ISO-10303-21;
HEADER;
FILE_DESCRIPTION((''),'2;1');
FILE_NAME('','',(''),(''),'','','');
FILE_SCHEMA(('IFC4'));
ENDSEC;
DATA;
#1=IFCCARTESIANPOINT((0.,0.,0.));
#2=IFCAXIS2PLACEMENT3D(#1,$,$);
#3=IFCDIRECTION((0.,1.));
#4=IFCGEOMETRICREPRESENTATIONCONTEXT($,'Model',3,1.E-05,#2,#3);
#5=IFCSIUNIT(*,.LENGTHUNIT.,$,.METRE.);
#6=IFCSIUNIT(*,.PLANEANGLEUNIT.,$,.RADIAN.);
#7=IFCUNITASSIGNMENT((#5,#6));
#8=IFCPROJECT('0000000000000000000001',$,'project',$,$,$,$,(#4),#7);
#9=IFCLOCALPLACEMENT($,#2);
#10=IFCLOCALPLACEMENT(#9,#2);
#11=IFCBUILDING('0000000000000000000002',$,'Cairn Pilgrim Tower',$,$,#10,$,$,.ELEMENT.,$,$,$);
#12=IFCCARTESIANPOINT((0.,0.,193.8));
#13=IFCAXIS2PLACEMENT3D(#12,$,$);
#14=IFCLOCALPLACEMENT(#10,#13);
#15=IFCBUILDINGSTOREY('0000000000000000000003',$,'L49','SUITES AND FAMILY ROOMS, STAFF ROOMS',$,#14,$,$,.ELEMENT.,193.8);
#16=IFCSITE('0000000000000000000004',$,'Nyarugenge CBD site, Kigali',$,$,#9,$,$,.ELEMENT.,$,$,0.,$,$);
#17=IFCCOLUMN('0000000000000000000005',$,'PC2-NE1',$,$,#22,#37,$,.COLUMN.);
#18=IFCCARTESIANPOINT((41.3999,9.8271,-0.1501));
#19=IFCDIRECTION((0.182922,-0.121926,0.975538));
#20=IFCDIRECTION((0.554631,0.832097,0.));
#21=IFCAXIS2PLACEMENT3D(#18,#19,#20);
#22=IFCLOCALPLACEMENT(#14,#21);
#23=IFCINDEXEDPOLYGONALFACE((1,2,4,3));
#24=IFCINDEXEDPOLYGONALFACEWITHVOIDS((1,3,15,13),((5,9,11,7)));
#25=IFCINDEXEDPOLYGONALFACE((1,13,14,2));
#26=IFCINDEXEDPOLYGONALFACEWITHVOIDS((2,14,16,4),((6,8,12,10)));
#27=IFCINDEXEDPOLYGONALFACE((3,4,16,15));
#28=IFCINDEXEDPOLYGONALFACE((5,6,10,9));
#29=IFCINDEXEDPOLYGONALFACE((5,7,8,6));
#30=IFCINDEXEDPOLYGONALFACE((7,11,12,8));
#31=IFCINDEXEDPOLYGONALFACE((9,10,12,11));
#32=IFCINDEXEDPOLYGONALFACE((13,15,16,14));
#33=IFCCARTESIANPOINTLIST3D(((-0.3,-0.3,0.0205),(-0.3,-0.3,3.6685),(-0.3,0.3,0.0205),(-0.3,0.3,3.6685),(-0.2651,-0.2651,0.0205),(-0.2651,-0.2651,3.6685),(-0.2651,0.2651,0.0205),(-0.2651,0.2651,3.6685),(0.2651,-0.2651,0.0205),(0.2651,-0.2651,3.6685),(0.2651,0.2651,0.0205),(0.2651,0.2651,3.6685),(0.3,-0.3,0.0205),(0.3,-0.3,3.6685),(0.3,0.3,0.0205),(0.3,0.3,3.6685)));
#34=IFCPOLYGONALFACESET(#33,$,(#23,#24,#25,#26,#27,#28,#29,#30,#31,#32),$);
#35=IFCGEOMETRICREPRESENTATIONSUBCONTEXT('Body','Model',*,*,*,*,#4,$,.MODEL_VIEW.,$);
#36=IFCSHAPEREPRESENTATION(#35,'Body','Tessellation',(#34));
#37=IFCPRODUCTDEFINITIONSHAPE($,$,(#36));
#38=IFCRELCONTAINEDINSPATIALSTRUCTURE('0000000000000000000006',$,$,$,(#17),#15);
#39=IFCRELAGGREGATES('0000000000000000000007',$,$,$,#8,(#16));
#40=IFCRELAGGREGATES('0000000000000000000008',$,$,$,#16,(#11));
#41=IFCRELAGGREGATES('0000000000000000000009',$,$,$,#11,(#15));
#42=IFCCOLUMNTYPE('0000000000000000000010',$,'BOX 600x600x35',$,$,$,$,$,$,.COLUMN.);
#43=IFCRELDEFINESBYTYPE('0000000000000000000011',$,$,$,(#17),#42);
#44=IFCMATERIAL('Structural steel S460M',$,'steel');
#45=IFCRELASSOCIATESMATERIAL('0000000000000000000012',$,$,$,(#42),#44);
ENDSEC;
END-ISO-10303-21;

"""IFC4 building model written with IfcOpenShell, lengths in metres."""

from ifc_helpers import new_model, si_unit, direction, frame, origin, origin_2d, place, context, subcontext, project, spatial, hollow_rectangle, extrude, clip, halfspace, material, material_profile, profile_set, type_object, element, save


model = new_model("IFC4")

# Units and contexts
model_context = context("Model", 3, precision=1e-05, world=origin(), true_north=direction((0.0, 1.0)))
body_context = subcontext(model_context, "Body", "Model", "MODEL_VIEW")
ifc_project = project(units=[si_unit("LENGTHUNIT", "METRE"), si_unit("PLANEANGLEUNIT", "RADIAN")], contexts=[model_context])

# Site, building, storey
site_placement = place(None, origin())
site = spatial("IfcSite", under=ifc_project, at=site_placement, Name="Nyarugenge CBD site, Kigali", CompositionType="ELEMENT", RefElevation=0.0)
building_placement = place(site_placement, origin())
building = spatial("IfcBuilding", under=site, at=building_placement, Name="Cairn Pilgrim Tower", CompositionType="ELEMENT")
storey_placement = place(building_placement, frame((0.0, 0.0, 193.8)))
storey = spatial("IfcBuildingStorey", under=building, at=storey_placement, Name="L49", Description="SUITES AND FAMILY ROOMS, STAFF ROOMS", CompositionType="ELEMENT", Elevation=193.8)

# Column
ifc_material_1 = material(Name="Structural steel S460M", Category="steel")
ifc_material_profile_1 = material_profile(ifc_material_1, hollow_rectangle(XDim=0.6001, YDim=0.6001, WallThickness=0.0349, at=origin_2d()), Name="BOX 600x600x35")
ifc_profile_set_1 = profile_set([ifc_material_profile_1], Name="Structural steel S460M")
column_type_1 = type_object("IfcColumnType", Name="BOX 600x600x35", PredefinedType="COLUMN", material=ifc_profile_set_1)
column_1_placement = place(storey_placement, frame((41.3999, 9.8271, -0.1501), z_axis=(0.182922, -0.121926, 0.975538), x_axis=(0.554631, 0.832097, 0.0)))
element("IfcColumn", 1, at=column_1_placement, inside=storey, type_object=column_type_1, Name="PC2-NE1", PredefinedType="COLUMN", context=body_context, shape_type="Clipping", body=[
    clip(clip(extrude(hollow_rectangle(XDim=0.6001, YDim=0.6001, WallThickness=0.0349, at=origin_2d()), origin(), (0.0, 0.0, 1.0), 3.6904), halfspace(frame((0.0, 0.0, 0.0205), z_axis=(0.0, 0.0, 1.0), x_axis=(1.0, 0.0, 0.0)), True)), halfspace(frame((0.0, 0.0, 3.6685), z_axis=(0.0, 0.0, 1.0), x_axis=(1.0, 0.0, 0.0)), False)),
])

save(model, "model.ifc")
